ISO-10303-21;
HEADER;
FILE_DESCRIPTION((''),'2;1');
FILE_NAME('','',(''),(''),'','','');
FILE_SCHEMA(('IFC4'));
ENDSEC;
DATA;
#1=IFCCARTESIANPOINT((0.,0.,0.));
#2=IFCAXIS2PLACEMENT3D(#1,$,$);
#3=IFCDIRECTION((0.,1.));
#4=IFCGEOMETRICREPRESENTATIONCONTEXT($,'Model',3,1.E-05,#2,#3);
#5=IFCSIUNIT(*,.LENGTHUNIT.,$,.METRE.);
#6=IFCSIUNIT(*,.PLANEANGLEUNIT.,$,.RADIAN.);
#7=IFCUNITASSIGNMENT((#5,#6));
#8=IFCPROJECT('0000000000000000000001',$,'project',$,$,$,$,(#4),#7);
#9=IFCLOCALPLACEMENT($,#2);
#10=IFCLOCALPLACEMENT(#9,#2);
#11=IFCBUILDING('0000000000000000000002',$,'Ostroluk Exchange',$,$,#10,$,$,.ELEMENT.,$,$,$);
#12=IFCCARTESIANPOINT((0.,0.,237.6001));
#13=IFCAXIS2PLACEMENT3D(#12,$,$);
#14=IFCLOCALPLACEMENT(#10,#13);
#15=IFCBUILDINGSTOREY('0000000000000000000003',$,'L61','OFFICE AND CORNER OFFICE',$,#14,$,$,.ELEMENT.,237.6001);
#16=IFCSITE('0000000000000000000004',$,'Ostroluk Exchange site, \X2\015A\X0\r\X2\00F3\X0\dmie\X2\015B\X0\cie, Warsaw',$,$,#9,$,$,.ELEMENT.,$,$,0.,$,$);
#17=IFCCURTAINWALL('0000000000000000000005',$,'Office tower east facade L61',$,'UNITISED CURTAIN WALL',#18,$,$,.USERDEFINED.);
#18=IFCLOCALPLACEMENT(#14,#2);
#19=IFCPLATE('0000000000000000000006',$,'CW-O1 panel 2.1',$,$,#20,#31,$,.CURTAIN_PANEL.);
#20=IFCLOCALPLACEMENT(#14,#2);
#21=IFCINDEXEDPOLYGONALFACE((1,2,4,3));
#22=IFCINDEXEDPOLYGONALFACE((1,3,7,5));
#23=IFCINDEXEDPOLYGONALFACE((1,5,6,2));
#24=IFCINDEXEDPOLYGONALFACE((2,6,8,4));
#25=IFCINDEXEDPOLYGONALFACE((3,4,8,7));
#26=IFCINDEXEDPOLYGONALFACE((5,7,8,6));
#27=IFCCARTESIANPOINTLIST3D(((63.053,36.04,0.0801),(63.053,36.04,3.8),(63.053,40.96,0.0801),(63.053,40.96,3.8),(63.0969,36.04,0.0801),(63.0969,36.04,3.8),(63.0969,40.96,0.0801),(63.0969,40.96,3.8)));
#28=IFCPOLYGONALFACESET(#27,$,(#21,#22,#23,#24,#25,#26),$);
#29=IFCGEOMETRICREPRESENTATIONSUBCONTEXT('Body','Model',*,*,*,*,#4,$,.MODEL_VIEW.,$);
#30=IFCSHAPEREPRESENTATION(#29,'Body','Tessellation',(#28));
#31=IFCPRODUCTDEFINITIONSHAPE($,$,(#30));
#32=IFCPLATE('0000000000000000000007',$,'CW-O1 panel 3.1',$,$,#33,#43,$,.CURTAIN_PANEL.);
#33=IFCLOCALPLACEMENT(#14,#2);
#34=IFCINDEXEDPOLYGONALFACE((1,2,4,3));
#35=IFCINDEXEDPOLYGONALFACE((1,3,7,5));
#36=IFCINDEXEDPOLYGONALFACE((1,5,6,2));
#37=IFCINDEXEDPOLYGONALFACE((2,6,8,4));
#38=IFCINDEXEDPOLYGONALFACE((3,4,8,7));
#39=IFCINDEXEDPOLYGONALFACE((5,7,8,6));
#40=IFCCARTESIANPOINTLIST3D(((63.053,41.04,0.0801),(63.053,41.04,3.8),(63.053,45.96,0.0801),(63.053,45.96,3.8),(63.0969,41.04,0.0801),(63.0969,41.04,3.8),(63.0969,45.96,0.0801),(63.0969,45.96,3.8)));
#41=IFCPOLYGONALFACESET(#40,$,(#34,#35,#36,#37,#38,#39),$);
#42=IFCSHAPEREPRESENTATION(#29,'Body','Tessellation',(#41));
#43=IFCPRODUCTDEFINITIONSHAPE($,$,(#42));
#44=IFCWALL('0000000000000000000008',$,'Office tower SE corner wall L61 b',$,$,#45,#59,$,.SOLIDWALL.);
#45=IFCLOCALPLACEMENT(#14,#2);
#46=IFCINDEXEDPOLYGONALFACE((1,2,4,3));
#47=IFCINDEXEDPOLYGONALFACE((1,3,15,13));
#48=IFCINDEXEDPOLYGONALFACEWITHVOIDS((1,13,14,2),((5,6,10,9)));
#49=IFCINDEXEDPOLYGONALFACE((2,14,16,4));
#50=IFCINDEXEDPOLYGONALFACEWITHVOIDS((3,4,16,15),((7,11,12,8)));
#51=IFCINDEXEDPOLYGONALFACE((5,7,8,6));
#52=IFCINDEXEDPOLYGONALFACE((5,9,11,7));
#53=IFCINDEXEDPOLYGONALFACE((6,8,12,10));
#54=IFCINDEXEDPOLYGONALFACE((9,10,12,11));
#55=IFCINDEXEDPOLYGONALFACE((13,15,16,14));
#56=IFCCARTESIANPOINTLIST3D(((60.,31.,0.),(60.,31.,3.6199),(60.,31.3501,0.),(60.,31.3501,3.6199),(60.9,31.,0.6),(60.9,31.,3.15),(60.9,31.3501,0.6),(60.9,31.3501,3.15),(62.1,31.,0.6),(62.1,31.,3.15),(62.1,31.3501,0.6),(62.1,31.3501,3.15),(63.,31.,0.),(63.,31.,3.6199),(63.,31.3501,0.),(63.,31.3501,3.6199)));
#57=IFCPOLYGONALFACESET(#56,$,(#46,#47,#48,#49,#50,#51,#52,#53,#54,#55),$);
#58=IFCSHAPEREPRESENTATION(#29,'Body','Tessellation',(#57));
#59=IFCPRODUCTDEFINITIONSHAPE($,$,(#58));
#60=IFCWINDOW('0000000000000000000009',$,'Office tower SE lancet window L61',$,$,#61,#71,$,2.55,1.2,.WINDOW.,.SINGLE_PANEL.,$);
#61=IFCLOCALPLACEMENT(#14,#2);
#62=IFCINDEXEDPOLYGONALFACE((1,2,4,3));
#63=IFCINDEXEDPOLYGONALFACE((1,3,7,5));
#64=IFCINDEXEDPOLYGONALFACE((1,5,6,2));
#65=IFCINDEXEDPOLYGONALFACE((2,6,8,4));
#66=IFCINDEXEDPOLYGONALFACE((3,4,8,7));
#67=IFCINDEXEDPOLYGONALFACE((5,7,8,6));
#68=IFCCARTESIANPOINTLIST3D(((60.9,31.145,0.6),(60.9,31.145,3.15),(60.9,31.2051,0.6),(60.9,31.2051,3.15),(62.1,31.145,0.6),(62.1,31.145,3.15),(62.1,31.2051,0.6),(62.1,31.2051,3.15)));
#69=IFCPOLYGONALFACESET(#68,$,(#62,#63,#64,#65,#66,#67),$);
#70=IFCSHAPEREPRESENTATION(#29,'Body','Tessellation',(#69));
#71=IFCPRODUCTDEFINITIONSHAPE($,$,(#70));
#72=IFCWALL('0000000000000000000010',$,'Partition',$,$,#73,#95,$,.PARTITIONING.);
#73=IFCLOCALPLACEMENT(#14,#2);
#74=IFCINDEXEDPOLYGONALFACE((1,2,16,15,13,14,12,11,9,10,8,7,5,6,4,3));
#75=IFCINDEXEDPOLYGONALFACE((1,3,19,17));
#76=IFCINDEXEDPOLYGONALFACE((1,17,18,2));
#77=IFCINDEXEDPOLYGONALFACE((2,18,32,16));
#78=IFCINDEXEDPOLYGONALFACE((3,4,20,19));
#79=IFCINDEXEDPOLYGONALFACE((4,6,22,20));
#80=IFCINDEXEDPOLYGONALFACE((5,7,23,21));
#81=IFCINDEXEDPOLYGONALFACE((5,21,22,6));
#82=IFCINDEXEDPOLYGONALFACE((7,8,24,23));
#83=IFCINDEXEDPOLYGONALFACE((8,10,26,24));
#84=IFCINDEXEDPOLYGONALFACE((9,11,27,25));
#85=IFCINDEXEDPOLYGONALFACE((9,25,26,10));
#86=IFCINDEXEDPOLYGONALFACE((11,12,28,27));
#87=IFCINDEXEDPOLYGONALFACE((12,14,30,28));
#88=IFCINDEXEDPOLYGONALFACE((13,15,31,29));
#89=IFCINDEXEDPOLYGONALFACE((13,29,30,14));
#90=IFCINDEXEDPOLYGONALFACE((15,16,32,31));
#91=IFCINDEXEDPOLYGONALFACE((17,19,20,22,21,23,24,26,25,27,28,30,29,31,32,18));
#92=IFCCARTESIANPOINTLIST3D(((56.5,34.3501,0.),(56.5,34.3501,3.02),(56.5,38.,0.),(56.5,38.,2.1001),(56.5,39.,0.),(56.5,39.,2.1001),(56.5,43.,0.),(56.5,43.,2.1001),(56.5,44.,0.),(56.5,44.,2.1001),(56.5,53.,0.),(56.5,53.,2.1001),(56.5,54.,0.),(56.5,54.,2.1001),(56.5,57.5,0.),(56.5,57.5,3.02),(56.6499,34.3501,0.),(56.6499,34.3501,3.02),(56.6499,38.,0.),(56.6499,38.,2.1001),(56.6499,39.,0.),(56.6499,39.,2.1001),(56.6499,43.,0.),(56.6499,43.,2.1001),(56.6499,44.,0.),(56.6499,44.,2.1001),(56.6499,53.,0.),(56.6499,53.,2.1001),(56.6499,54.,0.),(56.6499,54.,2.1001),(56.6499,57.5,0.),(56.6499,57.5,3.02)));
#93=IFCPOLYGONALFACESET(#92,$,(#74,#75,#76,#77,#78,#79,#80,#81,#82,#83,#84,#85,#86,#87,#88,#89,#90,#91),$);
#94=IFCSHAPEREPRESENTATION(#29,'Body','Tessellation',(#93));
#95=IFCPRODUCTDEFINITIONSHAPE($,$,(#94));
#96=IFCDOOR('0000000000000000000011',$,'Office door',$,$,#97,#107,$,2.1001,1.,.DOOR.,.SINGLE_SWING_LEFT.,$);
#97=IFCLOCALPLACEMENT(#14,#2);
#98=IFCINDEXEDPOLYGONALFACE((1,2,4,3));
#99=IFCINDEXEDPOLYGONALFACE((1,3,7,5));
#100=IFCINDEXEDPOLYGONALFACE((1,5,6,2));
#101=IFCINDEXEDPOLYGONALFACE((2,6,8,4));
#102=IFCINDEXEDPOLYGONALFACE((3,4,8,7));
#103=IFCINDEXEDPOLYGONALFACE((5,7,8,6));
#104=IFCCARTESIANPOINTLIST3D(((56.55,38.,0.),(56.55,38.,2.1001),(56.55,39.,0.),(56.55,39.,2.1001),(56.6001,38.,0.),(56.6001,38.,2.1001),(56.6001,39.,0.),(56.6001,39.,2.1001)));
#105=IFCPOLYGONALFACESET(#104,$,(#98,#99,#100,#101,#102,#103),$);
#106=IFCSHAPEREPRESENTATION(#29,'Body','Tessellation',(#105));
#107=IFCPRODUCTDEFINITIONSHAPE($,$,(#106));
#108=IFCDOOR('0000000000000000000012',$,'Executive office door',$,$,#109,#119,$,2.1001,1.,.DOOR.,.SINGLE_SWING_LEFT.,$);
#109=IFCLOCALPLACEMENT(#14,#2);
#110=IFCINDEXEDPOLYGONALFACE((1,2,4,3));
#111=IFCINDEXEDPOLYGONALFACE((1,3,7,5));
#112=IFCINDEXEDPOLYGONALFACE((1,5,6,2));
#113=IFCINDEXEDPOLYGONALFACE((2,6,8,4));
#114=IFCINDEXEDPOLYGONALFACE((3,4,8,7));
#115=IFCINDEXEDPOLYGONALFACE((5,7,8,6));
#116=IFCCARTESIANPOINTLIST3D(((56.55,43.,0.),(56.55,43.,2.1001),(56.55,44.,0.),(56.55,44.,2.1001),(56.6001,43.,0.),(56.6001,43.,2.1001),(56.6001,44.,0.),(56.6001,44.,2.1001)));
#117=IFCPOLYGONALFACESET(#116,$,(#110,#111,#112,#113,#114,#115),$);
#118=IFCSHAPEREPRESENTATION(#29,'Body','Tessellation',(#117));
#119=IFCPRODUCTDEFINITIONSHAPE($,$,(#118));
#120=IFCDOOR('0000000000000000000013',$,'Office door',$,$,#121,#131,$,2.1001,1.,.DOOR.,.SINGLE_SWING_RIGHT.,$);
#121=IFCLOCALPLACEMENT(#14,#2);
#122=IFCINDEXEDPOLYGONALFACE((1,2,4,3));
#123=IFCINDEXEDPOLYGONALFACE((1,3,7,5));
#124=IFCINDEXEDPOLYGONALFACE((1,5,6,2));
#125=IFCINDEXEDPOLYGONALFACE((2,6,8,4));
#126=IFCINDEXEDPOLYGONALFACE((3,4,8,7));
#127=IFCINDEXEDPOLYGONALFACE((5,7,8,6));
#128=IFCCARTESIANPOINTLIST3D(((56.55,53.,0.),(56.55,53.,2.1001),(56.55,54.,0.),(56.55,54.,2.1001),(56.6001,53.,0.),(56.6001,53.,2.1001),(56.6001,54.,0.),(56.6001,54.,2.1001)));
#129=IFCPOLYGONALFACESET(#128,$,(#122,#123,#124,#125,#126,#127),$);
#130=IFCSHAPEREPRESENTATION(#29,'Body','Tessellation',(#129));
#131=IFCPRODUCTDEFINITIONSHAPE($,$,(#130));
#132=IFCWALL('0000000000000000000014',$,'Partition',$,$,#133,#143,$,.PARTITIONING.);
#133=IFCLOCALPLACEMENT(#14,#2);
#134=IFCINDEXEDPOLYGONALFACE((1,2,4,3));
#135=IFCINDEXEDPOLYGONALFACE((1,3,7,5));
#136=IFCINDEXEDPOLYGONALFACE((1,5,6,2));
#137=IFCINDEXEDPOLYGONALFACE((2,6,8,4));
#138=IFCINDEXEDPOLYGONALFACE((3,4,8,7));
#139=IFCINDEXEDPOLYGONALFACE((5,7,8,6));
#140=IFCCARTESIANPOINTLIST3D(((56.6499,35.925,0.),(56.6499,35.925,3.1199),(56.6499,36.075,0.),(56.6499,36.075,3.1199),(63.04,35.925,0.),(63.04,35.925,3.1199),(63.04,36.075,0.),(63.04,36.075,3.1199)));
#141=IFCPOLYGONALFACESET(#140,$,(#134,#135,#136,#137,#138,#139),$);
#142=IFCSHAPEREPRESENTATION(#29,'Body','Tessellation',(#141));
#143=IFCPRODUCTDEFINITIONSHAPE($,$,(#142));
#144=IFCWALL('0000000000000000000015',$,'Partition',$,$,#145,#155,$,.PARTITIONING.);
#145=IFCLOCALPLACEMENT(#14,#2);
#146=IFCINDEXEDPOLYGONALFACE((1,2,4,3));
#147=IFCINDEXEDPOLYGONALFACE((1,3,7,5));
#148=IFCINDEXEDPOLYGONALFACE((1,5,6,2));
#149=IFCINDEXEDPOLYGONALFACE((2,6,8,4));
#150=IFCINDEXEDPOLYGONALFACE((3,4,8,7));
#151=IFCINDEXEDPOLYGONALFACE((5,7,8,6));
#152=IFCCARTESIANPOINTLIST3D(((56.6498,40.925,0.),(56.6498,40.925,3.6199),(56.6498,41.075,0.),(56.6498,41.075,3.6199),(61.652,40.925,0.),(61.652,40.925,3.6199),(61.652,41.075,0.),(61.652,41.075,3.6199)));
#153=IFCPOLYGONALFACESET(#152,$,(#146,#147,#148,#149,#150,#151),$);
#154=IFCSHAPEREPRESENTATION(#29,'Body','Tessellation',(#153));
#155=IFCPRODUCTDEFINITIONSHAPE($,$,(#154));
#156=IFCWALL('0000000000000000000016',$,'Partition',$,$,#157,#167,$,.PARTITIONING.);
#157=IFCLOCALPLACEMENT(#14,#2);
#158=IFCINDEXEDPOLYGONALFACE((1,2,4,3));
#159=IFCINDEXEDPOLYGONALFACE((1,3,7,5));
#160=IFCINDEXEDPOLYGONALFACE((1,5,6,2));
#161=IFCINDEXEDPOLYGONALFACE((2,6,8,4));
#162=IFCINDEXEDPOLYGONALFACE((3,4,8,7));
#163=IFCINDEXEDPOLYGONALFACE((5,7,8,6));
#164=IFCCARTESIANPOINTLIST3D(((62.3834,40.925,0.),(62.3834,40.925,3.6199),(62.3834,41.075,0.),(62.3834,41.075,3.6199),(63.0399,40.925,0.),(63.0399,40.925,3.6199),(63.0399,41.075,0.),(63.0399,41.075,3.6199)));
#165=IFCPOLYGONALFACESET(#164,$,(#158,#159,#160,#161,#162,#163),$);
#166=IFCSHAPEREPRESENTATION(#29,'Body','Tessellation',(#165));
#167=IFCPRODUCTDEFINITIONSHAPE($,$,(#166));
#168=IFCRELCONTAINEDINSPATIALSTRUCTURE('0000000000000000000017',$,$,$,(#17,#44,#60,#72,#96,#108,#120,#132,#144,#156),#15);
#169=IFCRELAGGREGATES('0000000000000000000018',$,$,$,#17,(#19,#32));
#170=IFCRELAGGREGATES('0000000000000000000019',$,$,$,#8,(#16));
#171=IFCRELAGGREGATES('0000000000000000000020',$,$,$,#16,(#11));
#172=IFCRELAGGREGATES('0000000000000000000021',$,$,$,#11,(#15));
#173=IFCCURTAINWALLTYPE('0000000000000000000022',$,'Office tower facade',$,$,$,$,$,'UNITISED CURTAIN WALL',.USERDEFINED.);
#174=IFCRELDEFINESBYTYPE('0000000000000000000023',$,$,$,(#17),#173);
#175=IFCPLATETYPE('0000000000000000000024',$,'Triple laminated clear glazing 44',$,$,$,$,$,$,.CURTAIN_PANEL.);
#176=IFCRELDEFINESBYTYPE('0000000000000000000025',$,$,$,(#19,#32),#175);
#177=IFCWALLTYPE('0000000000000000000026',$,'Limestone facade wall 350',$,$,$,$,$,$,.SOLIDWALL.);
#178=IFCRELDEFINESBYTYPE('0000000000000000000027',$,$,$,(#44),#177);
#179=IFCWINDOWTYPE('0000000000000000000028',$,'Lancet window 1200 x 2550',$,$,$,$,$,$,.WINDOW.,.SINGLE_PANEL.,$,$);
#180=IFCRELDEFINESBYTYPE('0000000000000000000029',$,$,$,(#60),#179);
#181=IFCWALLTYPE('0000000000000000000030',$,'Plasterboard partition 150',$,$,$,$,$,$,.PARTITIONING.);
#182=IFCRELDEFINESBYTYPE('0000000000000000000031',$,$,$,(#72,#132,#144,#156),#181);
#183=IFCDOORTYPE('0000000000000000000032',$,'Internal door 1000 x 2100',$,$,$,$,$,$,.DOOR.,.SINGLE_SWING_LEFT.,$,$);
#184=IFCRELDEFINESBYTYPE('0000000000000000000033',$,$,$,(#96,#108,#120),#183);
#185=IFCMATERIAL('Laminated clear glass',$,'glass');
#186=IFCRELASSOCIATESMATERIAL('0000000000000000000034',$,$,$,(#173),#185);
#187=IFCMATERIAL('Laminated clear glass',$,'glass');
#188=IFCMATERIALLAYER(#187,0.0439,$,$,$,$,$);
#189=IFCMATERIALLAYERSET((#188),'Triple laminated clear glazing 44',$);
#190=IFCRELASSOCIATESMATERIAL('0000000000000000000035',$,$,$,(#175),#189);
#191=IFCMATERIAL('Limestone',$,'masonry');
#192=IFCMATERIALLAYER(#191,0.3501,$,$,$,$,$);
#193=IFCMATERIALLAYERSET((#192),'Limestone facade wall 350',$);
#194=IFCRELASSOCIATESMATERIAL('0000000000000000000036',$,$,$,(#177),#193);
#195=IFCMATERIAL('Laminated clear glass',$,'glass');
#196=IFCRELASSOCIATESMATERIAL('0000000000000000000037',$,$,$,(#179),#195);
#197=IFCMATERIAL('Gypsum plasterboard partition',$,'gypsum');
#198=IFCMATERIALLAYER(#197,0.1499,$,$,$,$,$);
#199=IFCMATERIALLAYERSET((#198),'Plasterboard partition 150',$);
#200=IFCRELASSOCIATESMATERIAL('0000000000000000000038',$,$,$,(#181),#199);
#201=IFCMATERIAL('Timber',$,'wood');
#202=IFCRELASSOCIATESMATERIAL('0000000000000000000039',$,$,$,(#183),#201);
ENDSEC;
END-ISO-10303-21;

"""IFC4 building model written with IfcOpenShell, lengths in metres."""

from ifc_helpers import new_model, si_unit, direction, frame, frame_2d, origin, origin_2d, place, context, subcontext, project, spatial, rectangle, extrude, material, layer, layer_set, type_object, element, fill, aggregate, save


model = new_model("IFC4")

# Units and contexts
model_context = context("Model", 3, precision=1e-05, world=origin(), true_north=direction((0.0, 1.0)))
body_context = subcontext(model_context, "Body", "Model", "MODEL_VIEW")
ifc_project = project(units=[si_unit("LENGTHUNIT", "METRE"), si_unit("PLANEANGLEUNIT", "RADIAN")], contexts=[model_context])

# Site, building, storey
site_placement = place(None, origin())
site = spatial("IfcSite", under=ifc_project, at=site_placement, Name="Ostroluk Exchange site, Śródmieście, Warsaw", CompositionType="ELEMENT", RefElevation=0.0)
building_placement = place(site_placement, origin())
building = spatial("IfcBuilding", under=site, at=building_placement, Name="Ostroluk Exchange", CompositionType="ELEMENT")
storey_placement = place(building_placement, frame((0.0, 0.0, 237.6001)))
storey = spatial("IfcBuildingStorey", under=building, at=storey_placement, Name="L61", Description="OFFICE AND CORNER OFFICE", CompositionType="ELEMENT", Elevation=237.6001)

# Curtain wall
ifc_material_1 = material(Name="Laminated clear glass", Category="glass")
curtain_wall_type = type_object("IfcCurtainWallType", Name="Office tower facade", ElementType="UNITISED CURTAIN WALL", PredefinedType="USERDEFINED", material=ifc_material_1)
curtain_wall_1_placement = place(storey_placement, origin())
curtain_wall_1 = element("IfcCurtainWall", 1, at=curtain_wall_1_placement, inside=storey, type_object=curtain_wall_type, Name="Office tower east facade L61", ObjectType="UNITISED CURTAIN WALL", PredefinedType="USERDEFINED")

# Plates
ifc_material_2 = material(Name="Laminated clear glass", Category="glass")
ifc_layer_1 = layer(ifc_material_2, 0.0439)
ifc_layer_set_1 = layer_set([ifc_layer_1], Name="Triple laminated clear glazing 44")
plate_type_1 = type_object("IfcPlateType", Name="Triple laminated clear glazing 44", PredefinedType="CURTAIN_PANEL", material=ifc_layer_set_1)
plate_1_placement = place(storey_placement, frame((63.075, 38.5, 0.0801), z_axis=(0.0, 0.0, 1.0), x_axis=(0.0, 1.0, 0.0)))
plate_1 = element("IfcPlate", 2, at=plate_1_placement, type_object=plate_type_1, Name="CW-O1 panel 2.1", PredefinedType="CURTAIN_PANEL", context=body_context, shape_type="SweptSolid", body=[
    extrude(rectangle(XDim=4.9199, YDim=0.0439, at=origin_2d()), origin(), (0.0, 0.0, 1.0), 3.72),
])
plate_2_placement = place(storey_placement, frame((63.075, 43.5, 0.0801), z_axis=(0.0, 0.0, 1.0), x_axis=(0.0, 1.0, 0.0)))
plate_2 = element("IfcPlate", 3, at=plate_2_placement, type_object=plate_type_1, Name="CW-O1 panel 3.1", PredefinedType="CURTAIN_PANEL", context=body_context, shape_type="SweptSolid", body=[
    extrude(rectangle(XDim=4.9199, YDim=0.0439, at=origin_2d()), origin(), (0.0, 0.0, 1.0), 3.72),
])
aggregate(curtain_wall_1, [plate_1, plate_2])

# Shared definitions
ifc_material_3 = material(Name="Limestone", Category="masonry")
ifc_layer_2 = layer(ifc_material_3, 0.3501)
ifc_layer_set_2 = layer_set([ifc_layer_2], Name="Limestone facade wall 350")
wall_type_1 = type_object("IfcWallType", Name="Limestone facade wall 350", PredefinedType="SOLIDWALL", material=ifc_layer_set_2)

# Wall, opening, window
wall_1_placement = place(storey_placement, frame((60.0, 31.175, 0.0), z_axis=(0.0, 0.0, 1.0), x_axis=(1.0, 0.0, 0.0)))
wall_1 = element("IfcWall", 4, at=wall_1_placement, inside=storey, type_object=wall_type_1, Name="Office tower SE corner wall L61 b", PredefinedType="SOLIDWALL", context=body_context, shape_type="SweptSolid", body=[
    extrude(rectangle(XDim=3.0, YDim=0.3501, at=frame_2d((1.5, 0.0))), origin(), (0.0, 0.0, 1.0), 3.6199),
])
opening_1_placement = place(wall_1_placement, frame((0.8999, 0.0, 0.6001)))
opening_1 = element("IfcOpeningElement", 5, at=opening_1_placement, cuts=wall_1, PredefinedType="OPENING", context=body_context, shape_type="SweptSolid", body=[
    extrude(rectangle(XDim=1.2, YDim=2.55, at=frame_2d((0.6001, 1.2749))), frame((0.0, 0.1851, 0.0), z_axis=(0.0, -1.0, 0.0), x_axis=(1.0, 0.0, 0.0)), (0.0, 0.0, 1.0), 0.3701),
])
ifc_material_4 = material(Name="Laminated clear glass", Category="glass")
window_type = type_object("IfcWindowType", Name="Lancet window 1200 x 2550", PartitioningType="SINGLE_PANEL", PredefinedType="WINDOW", material=ifc_material_4)
window_placement = place(opening_1_placement, origin())
window = element("IfcWindow", 6, at=window_placement, inside=storey, type_object=window_type, Name="Office tower SE lancet window L61", OverallHeight=2.55, OverallWidth=1.2, PartitioningType="SINGLE_PANEL", PredefinedType="WINDOW", context=body_context, shape_type="SweptSolid", body=[
    extrude(rectangle(XDim=1.2, YDim=2.55, at=frame_2d((0.6001, 1.2749))), frame((0.0, 0.03, 0.0), z_axis=(0.0, -1.0, 0.0), x_axis=(1.0, 0.0, 0.0)), (0.0, 0.0, 1.0), 0.0601),
])
fill(opening_1, window)

# Wall, openings, doors
ifc_material_5 = material(Name="Gypsum plasterboard partition", Category="gypsum")
ifc_layer_3 = layer(ifc_material_5, 0.1499)
ifc_layer_set_3 = layer_set([ifc_layer_3], Name="Plasterboard partition 150")
wall_type_2 = type_object("IfcWallType", Name="Plasterboard partition 150", PredefinedType="PARTITIONING", material=ifc_layer_set_3)
wall_2_placement = place(storey_placement, frame((56.575, 34.3501, 0.0), z_axis=(0.0, 0.0, 1.0), x_axis=(0.0, 1.0, 0.0)))
wall_2 = element("IfcWall", 7, at=wall_2_placement, inside=storey, type_object=wall_type_2, Name="Partition", PredefinedType="PARTITIONING", context=body_context, shape_type="SweptSolid", body=[
    extrude(rectangle(XDim=23.1499, YDim=0.1499, at=frame_2d((11.575, 0.0))), origin(), (0.0, 0.0, 1.0), 3.02),
])
opening_2_placement = place(wall_2_placement, frame((3.6499, 0.0, 0.0)))
opening_2 = element("IfcOpeningElement", 8, at=opening_2_placement, cuts=wall_2, PredefinedType="OPENING", context=body_context, shape_type="SweptSolid", body=[
    extrude(rectangle(XDim=1.0, YDim=2.1001, at=frame_2d((0.5, 1.05))), frame((0.0, 0.085, 0.0), z_axis=(0.0, -1.0, 0.0), x_axis=(1.0, 0.0, 0.0)), (0.0, 0.0, 1.0), 0.1699),
])
opening_3_placement = place(wall_2_placement, frame((8.6499, 0.0, 0.0)))
opening_3 = element("IfcOpeningElement", 9, at=opening_3_placement, cuts=wall_2, PredefinedType="OPENING", context=body_context, shape_type="SweptSolid", body=[
    extrude(rectangle(XDim=1.0, YDim=2.1001, at=frame_2d((0.5, 1.05))), frame((0.0, 0.085, 0.0), z_axis=(0.0, -1.0, 0.0), x_axis=(1.0, 0.0, 0.0)), (0.0, 0.0, 1.0), 0.1699),
])
opening_4_placement = place(wall_2_placement, frame((18.6499, 0.0, 0.0)))
opening_4 = element("IfcOpeningElement", 10, at=opening_4_placement, cuts=wall_2, PredefinedType="OPENING", context=body_context, shape_type="SweptSolid", body=[
    extrude(rectangle(XDim=1.0, YDim=2.1001, at=frame_2d((0.5, 1.05))), frame((0.0, 0.085, 0.0), z_axis=(0.0, -1.0, 0.0), x_axis=(1.0, 0.0, 0.0)), (0.0, 0.0, 1.0), 0.1699),
])
ifc_material_6 = material(Name="Timber", Category="wood")
door_type_1 = type_object("IfcDoorType", Name="Internal door 1000 x 2100", OperationType="SINGLE_SWING_LEFT", PredefinedType="DOOR", material=ifc_material_6)
door_1_placement = place(opening_2_placement, origin())
door_1 = element("IfcDoor", 11, at=door_1_placement, inside=storey, type_object=door_type_1, Name="Office door", OperationType="SINGLE_SWING_LEFT", OverallHeight=2.1001, OverallWidth=1.0, PredefinedType="DOOR", context=body_context, shape_type="SweptSolid", body=[
    extrude(rectangle(XDim=1.0, YDim=2.1001, at=frame_2d((0.5, 1.05))), frame((0.0, 0.0249, 0.0), z_axis=(0.0, -1.0, 0.0), x_axis=(1.0, 0.0, 0.0)), (0.0, 0.0, 1.0), 0.05),
])
fill(opening_2, door_1)
door_2_placement = place(opening_3_placement, origin())
door_2 = element("IfcDoor", 12, at=door_2_placement, inside=storey, type_object=door_type_1, Name="Executive office door", OperationType="SINGLE_SWING_LEFT", OverallHeight=2.1001, OverallWidth=1.0, PredefinedType="DOOR", context=body_context, shape_type="SweptSolid", body=[
    extrude(rectangle(XDim=1.0, YDim=2.1001, at=frame_2d((0.5, 1.05))), frame((0.0, 0.0249, 0.0), z_axis=(0.0, -1.0, 0.0), x_axis=(1.0, 0.0, 0.0)), (0.0, 0.0, 1.0), 0.05),
])
fill(opening_3, door_2)
door_3_placement = place(opening_4_placement, origin())
door_3 = element("IfcDoor", 13, at=door_3_placement, inside=storey, type_object=door_type_1, Name="Office door", OperationType="SINGLE_SWING_RIGHT", OverallHeight=2.1001, OverallWidth=1.0, PredefinedType="DOOR", context=body_context, shape_type="SweptSolid", body=[
    extrude(rectangle(XDim=1.0, YDim=2.1001, at=frame_2d((0.5, 1.05))), frame((0.0, 0.0249, 0.0), z_axis=(0.0, -1.0, 0.0), x_axis=(1.0, 0.0, 0.0)), (0.0, 0.0, 1.0), 0.05),
])
fill(opening_4, door_3)

# Walls
wall_3_placement = place(storey_placement, frame((56.6499, 36.0, 0.0), z_axis=(0.0, 0.0, 1.0), x_axis=(1.0, 0.0, 0.0)))
element("IfcWall", 14, at=wall_3_placement, inside=storey, type_object=wall_type_2, Name="Partition", PredefinedType="PARTITIONING", context=body_context, shape_type="SweptSolid", body=[
    extrude(rectangle(XDim=6.3901, YDim=0.1499, at=frame_2d((3.1951, 0.0))), origin(), (0.0, 0.0, 1.0), 3.1199),
])
wall_4_placement = place(storey_placement, frame((56.6499, 41.0, 0.0), z_axis=(0.0, 0.0, 1.0), x_axis=(1.0, 0.0, 0.0)))
element("IfcWall", 15, at=wall_4_placement, inside=storey, type_object=wall_type_2, Name="Partition", PredefinedType="PARTITIONING", context=body_context, shape_type="SweptSolid", body=[
    extrude(rectangle(XDim=5.0022, YDim=0.1499, at=frame_2d((2.501, 0.0))), origin(), (0.0, 0.0, 1.0), 3.6199),
])
wall_5_placement = place(storey_placement, frame((62.3835, 41.0, 0.0), z_axis=(0.0, 0.0, 1.0), x_axis=(1.0, 0.0, 0.0)))
element("IfcWall", 16, at=wall_5_placement, inside=storey, type_object=wall_type_2, Name="Partition", PredefinedType="PARTITIONING", context=body_context, shape_type="SweptSolid", body=[
    extrude(rectangle(XDim=0.6565, YDim=0.1499, at=frame_2d((0.3281, 0.0))), origin(), (0.0, 0.0, 1.0), 3.6199),
])

save(model, "model.ifc")
